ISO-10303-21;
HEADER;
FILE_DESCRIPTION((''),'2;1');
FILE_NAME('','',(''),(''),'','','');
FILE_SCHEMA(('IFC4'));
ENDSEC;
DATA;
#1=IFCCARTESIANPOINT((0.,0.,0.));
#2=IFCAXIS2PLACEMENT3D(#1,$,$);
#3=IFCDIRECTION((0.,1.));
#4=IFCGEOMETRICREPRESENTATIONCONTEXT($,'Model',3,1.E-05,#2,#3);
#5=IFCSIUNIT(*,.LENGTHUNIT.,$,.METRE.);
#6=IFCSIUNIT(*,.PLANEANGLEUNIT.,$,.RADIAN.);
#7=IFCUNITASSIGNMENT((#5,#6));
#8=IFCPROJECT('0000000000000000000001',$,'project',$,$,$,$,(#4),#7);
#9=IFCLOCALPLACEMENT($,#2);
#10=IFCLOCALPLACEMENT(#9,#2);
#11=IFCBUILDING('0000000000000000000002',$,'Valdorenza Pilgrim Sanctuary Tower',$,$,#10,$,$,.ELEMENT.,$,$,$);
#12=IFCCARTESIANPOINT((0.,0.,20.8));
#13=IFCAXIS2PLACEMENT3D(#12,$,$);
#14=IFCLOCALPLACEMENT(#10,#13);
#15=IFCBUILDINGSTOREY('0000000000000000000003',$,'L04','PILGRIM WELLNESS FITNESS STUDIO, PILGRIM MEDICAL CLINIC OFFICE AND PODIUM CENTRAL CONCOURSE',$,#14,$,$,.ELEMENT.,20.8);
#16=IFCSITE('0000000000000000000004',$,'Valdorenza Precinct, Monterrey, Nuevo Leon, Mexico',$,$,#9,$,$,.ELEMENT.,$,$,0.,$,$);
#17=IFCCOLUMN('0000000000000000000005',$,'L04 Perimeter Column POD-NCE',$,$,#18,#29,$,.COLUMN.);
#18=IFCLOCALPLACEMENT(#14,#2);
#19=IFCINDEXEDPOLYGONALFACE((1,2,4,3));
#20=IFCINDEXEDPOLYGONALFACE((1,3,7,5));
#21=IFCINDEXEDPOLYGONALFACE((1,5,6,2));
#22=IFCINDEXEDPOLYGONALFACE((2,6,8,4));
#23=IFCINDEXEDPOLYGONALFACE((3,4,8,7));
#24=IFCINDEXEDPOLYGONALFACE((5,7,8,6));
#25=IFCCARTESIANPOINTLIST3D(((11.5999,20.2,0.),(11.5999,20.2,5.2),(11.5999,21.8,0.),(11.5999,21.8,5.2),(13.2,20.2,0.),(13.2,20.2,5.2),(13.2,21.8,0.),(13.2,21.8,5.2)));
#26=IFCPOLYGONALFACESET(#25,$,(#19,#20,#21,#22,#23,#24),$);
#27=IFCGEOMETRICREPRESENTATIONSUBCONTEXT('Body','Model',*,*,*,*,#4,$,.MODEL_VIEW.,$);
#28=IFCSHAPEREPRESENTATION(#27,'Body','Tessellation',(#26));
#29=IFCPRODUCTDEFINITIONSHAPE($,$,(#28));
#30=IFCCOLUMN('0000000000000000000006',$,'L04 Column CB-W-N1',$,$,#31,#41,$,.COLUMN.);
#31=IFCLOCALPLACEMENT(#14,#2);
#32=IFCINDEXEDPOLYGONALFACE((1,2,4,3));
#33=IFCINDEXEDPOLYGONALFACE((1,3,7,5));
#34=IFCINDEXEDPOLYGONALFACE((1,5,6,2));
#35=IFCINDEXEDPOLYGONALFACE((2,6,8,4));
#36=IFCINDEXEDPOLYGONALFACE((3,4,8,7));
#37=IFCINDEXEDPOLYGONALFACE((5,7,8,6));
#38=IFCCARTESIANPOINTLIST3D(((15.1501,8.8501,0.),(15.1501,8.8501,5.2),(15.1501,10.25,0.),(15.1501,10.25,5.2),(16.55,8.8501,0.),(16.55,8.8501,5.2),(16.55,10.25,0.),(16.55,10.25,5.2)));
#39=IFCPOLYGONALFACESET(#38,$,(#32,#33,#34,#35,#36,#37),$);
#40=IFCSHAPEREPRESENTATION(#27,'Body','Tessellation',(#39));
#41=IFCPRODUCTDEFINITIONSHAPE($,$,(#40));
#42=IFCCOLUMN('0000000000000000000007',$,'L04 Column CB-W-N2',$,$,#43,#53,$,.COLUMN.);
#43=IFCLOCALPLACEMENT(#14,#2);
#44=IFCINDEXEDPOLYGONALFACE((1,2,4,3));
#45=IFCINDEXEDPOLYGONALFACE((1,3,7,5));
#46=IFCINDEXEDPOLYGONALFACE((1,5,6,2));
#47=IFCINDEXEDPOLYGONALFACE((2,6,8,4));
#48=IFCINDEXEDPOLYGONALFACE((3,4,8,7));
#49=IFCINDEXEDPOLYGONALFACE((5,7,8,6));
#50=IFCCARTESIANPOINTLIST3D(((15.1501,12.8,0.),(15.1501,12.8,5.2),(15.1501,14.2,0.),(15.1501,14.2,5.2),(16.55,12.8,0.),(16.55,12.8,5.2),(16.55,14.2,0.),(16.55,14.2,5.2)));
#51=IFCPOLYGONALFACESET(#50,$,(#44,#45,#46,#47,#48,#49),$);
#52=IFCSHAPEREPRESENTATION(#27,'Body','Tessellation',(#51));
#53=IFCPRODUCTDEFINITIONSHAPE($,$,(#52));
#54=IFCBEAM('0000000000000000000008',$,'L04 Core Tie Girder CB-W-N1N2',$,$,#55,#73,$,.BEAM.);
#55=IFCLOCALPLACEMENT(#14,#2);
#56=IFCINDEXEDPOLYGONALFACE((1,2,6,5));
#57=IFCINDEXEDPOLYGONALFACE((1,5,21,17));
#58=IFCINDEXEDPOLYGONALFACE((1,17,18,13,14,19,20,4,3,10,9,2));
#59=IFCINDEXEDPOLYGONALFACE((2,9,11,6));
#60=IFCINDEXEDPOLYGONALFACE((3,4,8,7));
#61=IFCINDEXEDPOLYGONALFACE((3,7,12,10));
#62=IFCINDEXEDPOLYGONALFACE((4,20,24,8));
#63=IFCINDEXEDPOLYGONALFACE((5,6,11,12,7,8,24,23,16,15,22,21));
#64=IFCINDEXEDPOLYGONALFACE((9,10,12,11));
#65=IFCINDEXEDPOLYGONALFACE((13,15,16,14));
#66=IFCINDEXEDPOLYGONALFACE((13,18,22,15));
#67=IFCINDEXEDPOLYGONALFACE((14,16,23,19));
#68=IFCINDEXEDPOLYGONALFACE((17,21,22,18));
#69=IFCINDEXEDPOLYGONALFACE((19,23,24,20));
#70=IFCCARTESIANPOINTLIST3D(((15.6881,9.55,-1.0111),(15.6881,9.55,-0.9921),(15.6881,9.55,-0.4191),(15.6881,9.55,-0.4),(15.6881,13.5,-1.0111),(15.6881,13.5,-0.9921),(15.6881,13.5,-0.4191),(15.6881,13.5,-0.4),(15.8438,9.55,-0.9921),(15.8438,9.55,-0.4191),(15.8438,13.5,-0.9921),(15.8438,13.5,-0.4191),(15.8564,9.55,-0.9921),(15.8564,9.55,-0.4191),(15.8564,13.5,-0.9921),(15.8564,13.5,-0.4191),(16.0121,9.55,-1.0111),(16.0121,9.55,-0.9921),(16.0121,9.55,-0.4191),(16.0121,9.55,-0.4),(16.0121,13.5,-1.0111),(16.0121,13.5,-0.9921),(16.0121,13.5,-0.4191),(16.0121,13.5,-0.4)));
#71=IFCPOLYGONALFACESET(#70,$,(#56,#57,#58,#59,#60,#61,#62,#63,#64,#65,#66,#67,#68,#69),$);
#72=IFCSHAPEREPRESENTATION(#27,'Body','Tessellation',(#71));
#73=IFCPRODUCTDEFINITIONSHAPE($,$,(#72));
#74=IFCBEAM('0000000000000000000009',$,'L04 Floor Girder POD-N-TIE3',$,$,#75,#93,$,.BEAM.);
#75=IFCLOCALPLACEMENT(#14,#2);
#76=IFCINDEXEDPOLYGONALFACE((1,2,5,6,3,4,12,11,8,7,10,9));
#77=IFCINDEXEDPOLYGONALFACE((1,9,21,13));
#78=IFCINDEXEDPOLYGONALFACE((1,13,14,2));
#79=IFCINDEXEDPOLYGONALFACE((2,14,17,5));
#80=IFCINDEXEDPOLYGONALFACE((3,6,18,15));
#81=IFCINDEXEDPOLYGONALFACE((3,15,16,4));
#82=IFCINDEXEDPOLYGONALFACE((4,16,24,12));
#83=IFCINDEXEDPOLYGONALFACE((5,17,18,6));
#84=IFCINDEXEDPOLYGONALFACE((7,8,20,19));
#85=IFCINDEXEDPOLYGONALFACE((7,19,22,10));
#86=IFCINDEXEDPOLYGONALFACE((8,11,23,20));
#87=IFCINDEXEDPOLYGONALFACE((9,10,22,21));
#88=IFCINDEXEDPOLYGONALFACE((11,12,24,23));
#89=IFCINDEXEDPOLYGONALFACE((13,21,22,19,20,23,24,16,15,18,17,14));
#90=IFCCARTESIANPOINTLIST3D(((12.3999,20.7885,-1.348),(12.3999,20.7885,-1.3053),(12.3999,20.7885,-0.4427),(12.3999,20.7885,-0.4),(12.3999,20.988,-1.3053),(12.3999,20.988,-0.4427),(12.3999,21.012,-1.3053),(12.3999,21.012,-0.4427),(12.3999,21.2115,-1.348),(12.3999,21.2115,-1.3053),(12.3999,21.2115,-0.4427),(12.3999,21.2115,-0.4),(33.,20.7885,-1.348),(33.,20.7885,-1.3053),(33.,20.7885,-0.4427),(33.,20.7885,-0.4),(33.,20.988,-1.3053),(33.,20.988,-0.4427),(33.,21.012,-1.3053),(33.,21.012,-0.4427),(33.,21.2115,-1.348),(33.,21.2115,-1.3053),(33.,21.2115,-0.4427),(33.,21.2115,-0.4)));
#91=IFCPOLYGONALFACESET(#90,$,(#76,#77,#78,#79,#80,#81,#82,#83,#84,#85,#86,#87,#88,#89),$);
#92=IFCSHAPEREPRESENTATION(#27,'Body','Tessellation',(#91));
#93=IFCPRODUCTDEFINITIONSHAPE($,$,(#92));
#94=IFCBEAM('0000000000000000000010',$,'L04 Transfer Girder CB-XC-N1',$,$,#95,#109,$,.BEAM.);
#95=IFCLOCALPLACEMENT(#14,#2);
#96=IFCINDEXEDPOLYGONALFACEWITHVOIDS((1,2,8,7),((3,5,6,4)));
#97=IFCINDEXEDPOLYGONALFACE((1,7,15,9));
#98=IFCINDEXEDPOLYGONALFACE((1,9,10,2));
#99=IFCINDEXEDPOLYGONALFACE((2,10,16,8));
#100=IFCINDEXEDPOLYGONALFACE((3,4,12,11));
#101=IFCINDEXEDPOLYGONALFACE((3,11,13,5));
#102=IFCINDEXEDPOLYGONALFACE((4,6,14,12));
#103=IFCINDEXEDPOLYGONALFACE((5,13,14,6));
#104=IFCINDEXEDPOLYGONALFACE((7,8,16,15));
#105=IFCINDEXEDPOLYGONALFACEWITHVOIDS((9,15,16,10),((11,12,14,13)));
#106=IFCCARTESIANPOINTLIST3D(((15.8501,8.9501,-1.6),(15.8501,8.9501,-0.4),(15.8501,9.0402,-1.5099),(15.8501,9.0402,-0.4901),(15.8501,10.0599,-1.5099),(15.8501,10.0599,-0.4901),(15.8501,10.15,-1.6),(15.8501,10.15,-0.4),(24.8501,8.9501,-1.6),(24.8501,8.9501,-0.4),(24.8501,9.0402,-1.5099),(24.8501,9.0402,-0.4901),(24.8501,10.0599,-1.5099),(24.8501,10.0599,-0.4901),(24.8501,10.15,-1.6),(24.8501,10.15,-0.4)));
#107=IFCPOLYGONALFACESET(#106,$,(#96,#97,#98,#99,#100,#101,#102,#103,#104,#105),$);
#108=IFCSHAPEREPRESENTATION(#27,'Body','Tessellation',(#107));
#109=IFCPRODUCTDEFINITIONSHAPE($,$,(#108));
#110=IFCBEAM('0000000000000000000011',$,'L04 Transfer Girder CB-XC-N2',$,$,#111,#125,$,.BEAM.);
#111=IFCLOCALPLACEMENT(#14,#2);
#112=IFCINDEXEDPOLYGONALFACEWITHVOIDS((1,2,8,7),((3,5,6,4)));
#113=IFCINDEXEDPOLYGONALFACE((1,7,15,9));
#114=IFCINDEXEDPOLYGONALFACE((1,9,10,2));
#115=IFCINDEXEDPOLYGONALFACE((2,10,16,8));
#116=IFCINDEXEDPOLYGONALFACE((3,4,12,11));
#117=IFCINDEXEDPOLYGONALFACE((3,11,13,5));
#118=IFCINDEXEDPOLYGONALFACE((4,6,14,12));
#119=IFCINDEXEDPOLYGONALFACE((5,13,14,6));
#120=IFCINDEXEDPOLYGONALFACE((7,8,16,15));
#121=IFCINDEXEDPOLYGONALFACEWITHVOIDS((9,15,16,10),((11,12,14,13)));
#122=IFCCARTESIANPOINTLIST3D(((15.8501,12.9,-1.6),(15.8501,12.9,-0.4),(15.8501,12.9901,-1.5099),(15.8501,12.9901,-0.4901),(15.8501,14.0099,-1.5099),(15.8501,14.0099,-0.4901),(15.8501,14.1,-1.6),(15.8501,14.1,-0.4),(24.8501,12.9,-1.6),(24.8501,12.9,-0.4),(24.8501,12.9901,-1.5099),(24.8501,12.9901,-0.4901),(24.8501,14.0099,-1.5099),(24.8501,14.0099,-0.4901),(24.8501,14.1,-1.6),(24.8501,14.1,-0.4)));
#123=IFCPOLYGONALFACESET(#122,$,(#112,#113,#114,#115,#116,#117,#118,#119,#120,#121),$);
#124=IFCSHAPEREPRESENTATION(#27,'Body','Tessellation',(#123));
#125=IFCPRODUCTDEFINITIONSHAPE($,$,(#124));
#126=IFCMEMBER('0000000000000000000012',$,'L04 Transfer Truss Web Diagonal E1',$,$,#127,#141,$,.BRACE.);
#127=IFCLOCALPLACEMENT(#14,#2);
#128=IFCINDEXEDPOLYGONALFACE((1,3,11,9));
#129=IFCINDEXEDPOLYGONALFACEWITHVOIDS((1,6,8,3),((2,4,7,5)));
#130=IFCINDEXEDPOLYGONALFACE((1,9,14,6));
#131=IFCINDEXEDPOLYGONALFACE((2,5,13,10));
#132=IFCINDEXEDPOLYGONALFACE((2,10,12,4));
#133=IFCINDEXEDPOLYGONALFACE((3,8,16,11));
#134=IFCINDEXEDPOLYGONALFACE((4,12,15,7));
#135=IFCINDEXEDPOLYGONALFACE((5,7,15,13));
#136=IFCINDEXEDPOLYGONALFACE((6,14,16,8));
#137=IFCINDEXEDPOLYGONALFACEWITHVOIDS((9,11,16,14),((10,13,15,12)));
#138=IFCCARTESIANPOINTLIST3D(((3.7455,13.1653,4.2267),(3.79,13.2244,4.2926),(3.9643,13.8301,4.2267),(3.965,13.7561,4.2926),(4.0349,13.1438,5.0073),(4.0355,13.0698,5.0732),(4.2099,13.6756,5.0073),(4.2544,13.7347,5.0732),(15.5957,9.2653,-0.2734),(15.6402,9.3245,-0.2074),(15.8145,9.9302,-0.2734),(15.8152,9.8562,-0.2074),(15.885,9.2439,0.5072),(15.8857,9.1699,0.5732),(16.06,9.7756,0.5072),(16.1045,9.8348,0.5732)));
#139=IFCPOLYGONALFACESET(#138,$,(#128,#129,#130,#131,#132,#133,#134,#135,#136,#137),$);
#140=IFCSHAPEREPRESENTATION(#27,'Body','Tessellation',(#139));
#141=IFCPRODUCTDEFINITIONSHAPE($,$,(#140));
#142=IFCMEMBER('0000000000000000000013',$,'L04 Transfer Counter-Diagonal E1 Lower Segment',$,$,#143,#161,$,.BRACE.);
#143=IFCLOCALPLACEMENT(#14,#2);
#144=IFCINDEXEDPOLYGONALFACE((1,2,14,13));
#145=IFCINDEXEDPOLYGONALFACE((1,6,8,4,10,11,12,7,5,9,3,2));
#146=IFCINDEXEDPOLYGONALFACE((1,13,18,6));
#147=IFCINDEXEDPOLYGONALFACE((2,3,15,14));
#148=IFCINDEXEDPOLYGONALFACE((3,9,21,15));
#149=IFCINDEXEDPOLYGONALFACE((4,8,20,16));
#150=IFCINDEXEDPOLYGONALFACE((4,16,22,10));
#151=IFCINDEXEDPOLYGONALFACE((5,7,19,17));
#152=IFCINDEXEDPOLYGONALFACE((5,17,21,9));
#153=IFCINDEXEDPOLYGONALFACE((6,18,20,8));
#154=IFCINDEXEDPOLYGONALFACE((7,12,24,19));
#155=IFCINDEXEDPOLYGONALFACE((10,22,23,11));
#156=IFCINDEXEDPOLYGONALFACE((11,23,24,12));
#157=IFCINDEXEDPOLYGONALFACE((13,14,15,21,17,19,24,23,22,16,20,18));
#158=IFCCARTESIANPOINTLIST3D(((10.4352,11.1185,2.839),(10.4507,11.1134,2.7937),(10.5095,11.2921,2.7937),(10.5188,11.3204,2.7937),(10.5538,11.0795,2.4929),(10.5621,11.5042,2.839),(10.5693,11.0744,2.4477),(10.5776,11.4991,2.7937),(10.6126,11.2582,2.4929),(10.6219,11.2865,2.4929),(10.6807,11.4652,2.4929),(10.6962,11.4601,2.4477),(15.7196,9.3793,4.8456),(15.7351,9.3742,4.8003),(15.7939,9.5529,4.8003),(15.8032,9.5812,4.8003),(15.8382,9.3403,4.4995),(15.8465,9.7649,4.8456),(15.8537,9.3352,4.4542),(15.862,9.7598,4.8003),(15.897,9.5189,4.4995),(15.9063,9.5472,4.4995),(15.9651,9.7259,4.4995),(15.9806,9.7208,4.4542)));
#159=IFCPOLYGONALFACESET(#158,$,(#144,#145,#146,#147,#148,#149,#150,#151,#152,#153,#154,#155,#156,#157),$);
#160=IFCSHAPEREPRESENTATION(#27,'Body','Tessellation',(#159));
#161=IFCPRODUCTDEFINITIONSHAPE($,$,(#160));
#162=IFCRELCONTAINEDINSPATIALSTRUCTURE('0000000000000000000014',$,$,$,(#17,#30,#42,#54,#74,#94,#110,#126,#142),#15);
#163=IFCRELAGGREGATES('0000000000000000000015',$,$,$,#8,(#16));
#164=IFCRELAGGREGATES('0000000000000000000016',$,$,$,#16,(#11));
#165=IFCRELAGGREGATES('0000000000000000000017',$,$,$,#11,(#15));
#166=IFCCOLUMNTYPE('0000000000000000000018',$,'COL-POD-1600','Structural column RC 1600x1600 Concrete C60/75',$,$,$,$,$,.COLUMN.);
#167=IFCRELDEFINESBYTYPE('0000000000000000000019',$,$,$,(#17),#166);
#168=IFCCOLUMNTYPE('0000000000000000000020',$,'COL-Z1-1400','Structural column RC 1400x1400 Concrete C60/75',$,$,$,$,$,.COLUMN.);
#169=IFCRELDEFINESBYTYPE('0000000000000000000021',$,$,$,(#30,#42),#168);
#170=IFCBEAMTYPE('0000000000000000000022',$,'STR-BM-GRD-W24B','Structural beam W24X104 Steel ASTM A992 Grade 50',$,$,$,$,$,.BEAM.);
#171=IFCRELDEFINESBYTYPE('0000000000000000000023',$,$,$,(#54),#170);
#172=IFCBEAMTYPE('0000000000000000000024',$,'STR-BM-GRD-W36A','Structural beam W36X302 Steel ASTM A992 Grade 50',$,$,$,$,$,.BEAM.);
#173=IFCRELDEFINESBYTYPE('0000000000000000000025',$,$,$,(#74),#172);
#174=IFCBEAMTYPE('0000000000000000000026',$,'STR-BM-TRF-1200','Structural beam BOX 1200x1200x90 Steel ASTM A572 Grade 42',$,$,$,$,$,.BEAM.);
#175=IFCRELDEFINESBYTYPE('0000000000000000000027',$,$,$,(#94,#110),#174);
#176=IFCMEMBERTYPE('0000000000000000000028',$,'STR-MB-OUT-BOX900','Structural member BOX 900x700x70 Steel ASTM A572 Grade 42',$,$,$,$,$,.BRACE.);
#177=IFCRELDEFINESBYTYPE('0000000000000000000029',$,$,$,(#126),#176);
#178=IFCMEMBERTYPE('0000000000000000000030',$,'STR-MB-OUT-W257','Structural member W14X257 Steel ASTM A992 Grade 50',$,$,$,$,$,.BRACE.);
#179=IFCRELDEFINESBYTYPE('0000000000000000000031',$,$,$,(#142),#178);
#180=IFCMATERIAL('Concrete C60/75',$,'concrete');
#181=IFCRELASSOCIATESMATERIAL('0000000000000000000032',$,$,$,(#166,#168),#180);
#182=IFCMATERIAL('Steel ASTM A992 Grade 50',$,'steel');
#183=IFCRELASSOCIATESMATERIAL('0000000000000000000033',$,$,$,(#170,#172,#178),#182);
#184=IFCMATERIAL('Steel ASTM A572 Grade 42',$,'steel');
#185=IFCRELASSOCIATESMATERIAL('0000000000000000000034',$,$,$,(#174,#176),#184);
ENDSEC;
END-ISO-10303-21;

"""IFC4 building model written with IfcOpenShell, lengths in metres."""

from ifc_helpers import new_model, si_unit, direction, frame, origin, origin_2d, place, context, subcontext, project, spatial, rectangle, hollow_rectangle, i_section, extrude, source, transform, mapped, material, material_profile, profile_set, type_object, element, save


model = new_model("IFC4")

# Units and contexts
model_context = context("Model", 3, precision=1e-05, world=origin(), true_north=direction((0.0, 1.0)))
body_context = subcontext(model_context, "Body", "Model", "MODEL_VIEW")
ifc_project = project(units=[si_unit("LENGTHUNIT", "METRE"), si_unit("PLANEANGLEUNIT", "RADIAN")], contexts=[model_context])

# Site, building, storey
site_placement = place(None, origin())
site = spatial("IfcSite", under=ifc_project, at=site_placement, Name="Valdorenza Precinct, Monterrey, Nuevo Leon, Mexico", CompositionType="ELEMENT", RefElevation=0.0)
building_placement = place(site_placement, origin())
building = spatial("IfcBuilding", under=site, at=building_placement, Name="Valdorenza Pilgrim Sanctuary Tower", CompositionType="ELEMENT")
storey_placement = place(building_placement, frame((0.0, 0.0, 20.8)))
storey = spatial("IfcBuildingStorey", under=building, at=storey_placement, Name="L04", Description="PILGRIM WELLNESS FITNESS STUDIO, PILGRIM MEDICAL CLINIC OFFICE AND PODIUM CENTRAL CONCOURSE", CompositionType="ELEMENT", Elevation=20.8)

# Columns
ifc_material_1 = material(Name="Concrete C60/75", Category="concrete")
ifc_material_profile_1 = material_profile(ifc_material_1, rectangle(XDim=1.6001, YDim=1.6001, at=origin_2d()), Name="RC 1600x1600")
ifc_profile_set_1 = profile_set([ifc_material_profile_1], Name="Concrete C60/75")
column_type_1 = type_object("IfcColumnType", Name="COL-POD-1600", Description="Structural column RC 1600x1600 Concrete C60/75", PredefinedType="COLUMN", material=ifc_profile_set_1)
shared_shape_1 = source(origin(), body_context, "Body", "SweptSolid", [
    extrude(rectangle(XDim=1.6001, YDim=1.6001, at=origin_2d()), origin(), (0.0, 0.0, 1.0), 5.2),
])
column_placement = place(storey_placement, frame((12.3999, 21.0, 0.0), z_axis=(0.0, 0.0, 1.0), x_axis=(1.0, 0.0, 0.0)))
element("IfcColumn", 1, at=column_placement, inside=storey, type_object=column_type_1, Name="L04 Perimeter Column POD-NCE", PredefinedType="COLUMN", context=body_context, shape_type="MappedRepresentation", body=[
    mapped(shared_shape_1, transform((0.0, 0.0, 0.0), x_axis=(1.0, 0.0, 0.0), y_axis=(0.0, 1.0, 0.0), z_axis=(0.0, 0.0, 1.0), scale=1.0)),
])
ifc_material_profile_2 = material_profile(ifc_material_1, rectangle(XDim=1.3999, YDim=1.3999, at=origin_2d()), Name="RC 1400x1400")
ifc_profile_set_2 = profile_set([ifc_material_profile_2], Name="Concrete C60/75")
column_type_2 = type_object("IfcColumnType", Name="COL-Z1-1400", Description="Structural column RC 1400x1400 Concrete C60/75", PredefinedType="COLUMN", material=ifc_profile_set_2)
shared_shape_2 = source(origin(), body_context, "Body", "SweptSolid", [
    extrude(rectangle(XDim=1.3999, YDim=1.3999, at=origin_2d()), origin(), (0.0, 0.0, 1.0), 5.2),
])
for number, where, z_axis, x_axis, name in (
    (2, (15.8501, 9.55, 0.0), (0.0, 0.0, 1.0), (1.0, 0.0, 0.0), "L04 Column CB-W-N1"),
    (3, (15.8501, 13.5, 0.0), (0.0, 0.0, 1.0), (1.0, 0.0, 0.0), "L04 Column CB-W-N2"),
):
    element("IfcColumn", number, at=place(storey_placement, frame(where, z_axis=z_axis, x_axis=x_axis)), inside=storey, type_object=column_type_2, Name=name, PredefinedType="COLUMN", context=body_context, shape_type="MappedRepresentation", body=[
        mapped(shared_shape_2, transform((0.0, 0.0, 0.0), x_axis=(1.0, 0.0, 0.0), y_axis=(0.0, 1.0, 0.0), z_axis=(0.0, 0.0, 1.0), scale=1.0)),
    ])

# Beams
ifc_material_2 = material(Name="Steel ASTM A992 Grade 50", Category="steel")
ifc_material_profile_3 = material_profile(ifc_material_2, i_section(OverallWidth=0.324, OverallDepth=0.6111, WebThickness=0.0127, FlangeThickness=0.019, at=origin_2d()), Name="W24X104")
ifc_profile_set_3 = profile_set([ifc_material_profile_3], Name="Steel ASTM A992 Grade 50")
beam_type_1 = type_object("IfcBeamType", Name="STR-BM-GRD-W24B", Description="Structural beam W24X104 Steel ASTM A992 Grade 50", PredefinedType="BEAM", material=ifc_profile_set_3)
shared_shape_3 = source(origin(), body_context, "Body", "SweptSolid", [
    extrude(i_section(OverallWidth=0.324, OverallDepth=0.6111, WebThickness=0.0127, FlangeThickness=0.019, at=origin_2d()), origin(), (0.0, 0.0, 1.0), 3.95),
])
beam_1_placement = place(storey_placement, frame((15.8501, 9.55, -0.7056), z_axis=(0.0, 1.0, 0.0), x_axis=(-1.0, 0.0, 0.0)))
element("IfcBeam", 4, at=beam_1_placement, inside=storey, type_object=beam_type_1, Name="L04 Core Tie Girder CB-W-N1N2", PredefinedType="BEAM", context=body_context, shape_type="MappedRepresentation", body=[
    mapped(shared_shape_3, transform((0.0, 0.0, 0.0), x_axis=(1.0, 0.0, 0.0), y_axis=(0.0, 1.0, 0.0), z_axis=(0.0, 0.0, 1.0), scale=1.0)),
])
ifc_material_profile_4 = material_profile(ifc_material_2, i_section(OverallWidth=0.4231, OverallDepth=0.948, WebThickness=0.0239, FlangeThickness=0.0427, at=origin_2d()), Name="W36X302")
ifc_profile_set_4 = profile_set([ifc_material_profile_4], Name="Steel ASTM A992 Grade 50")
beam_type_2 = type_object("IfcBeamType", Name="STR-BM-GRD-W36A", Description="Structural beam W36X302 Steel ASTM A992 Grade 50", PredefinedType="BEAM", material=ifc_profile_set_4)
shared_shape_4 = source(origin(), body_context, "Body", "SweptSolid", [
    extrude(i_section(OverallWidth=0.4231, OverallDepth=0.948, WebThickness=0.0239, FlangeThickness=0.0427, at=origin_2d()), origin(), (0.0, 0.0, 1.0), 20.6001),
])
beam_2_placement = place(storey_placement, frame((12.3999, 21.0, -0.874), z_axis=(1.0, 0.0, 0.0), x_axis=(0.0, 1.0, 0.0)))
element("IfcBeam", 5, at=beam_2_placement, inside=storey, type_object=beam_type_2, Name="L04 Floor Girder POD-N-TIE3", PredefinedType="BEAM", context=body_context, shape_type="MappedRepresentation", body=[
    mapped(shared_shape_4, transform((0.0, 0.0, 0.0), x_axis=(1.0, 0.0, 0.0), y_axis=(0.0, 1.0, 0.0), z_axis=(0.0, 0.0, 1.0), scale=1.0)),
])
ifc_material_3 = material(Name="Steel ASTM A572 Grade 42", Category="steel")
ifc_material_profile_5 = material_profile(ifc_material_3, hollow_rectangle(XDim=1.2, YDim=1.2, WallThickness=0.0901, at=origin_2d()), Name="BOX 1200x1200x90")
ifc_profile_set_5 = profile_set([ifc_material_profile_5], Name="Steel ASTM A572 Grade 42")
beam_type_3 = type_object("IfcBeamType", Name="STR-BM-TRF-1200", Description="Structural beam BOX 1200x1200x90 Steel ASTM A572 Grade 42", PredefinedType="BEAM", material=ifc_profile_set_5)
shared_shape_5 = source(origin(), body_context, "Body", "SweptSolid", [
    extrude(hollow_rectangle(XDim=1.2, YDim=1.2, WallThickness=0.0901, at=origin_2d()), origin(), (0.0, 0.0, 1.0), 9.0),
])
for number, where, z_axis, x_axis, name in (
    (6, (15.8501, 9.55, -1.0), (1.0, 0.0, 0.0), (0.0, 1.0, 0.0), "L04 Transfer Girder CB-XC-N1"),
    (7, (15.8501, 13.5, -1.0), (1.0, 0.0, 0.0), (0.0, 1.0, 0.0), "L04 Transfer Girder CB-XC-N2"),
):
    element("IfcBeam", number, at=place(storey_placement, frame(where, z_axis=z_axis, x_axis=x_axis)), inside=storey, type_object=beam_type_3, Name=name, PredefinedType="BEAM", context=body_context, shape_type="MappedRepresentation", body=[
        mapped(shared_shape_5, transform((0.0, 0.0, 0.0), x_axis=(1.0, 0.0, 0.0), y_axis=(0.0, 1.0, 0.0), z_axis=(0.0, 0.0, 1.0), scale=1.0)),
    ])

# Members
ifc_material_profile_6 = material_profile(ifc_material_3, hollow_rectangle(XDim=0.7, YDim=0.8999, WallThickness=0.0701, at=origin_2d()), Name="BOX 900x700x70")
ifc_profile_set_6 = profile_set([ifc_material_profile_6], Name="Steel ASTM A572 Grade 42")
member_type_1 = type_object("IfcMemberType", Name="STR-MB-OUT-BOX900", Description="Structural member BOX 900x700x70 Steel ASTM A572 Grade 42", PredefinedType="BRACE", material=ifc_profile_set_6)
shared_shape_6 = source(origin(), body_context, "Body", "SweptSolid", [
    extrude(hollow_rectangle(XDim=0.7, YDim=0.8999, WallThickness=0.0701, at=origin_2d()), origin(), (0.0, 0.0, 1.0), 13.2622),
])
member_1_placement = place(storey_placement, frame((15.8501, 9.55, 0.1499), z_axis=(-0.893529, 0.294063, 0.339312), x_axis=(-0.312609, -0.949882, 0.0)))
element("IfcMember", 8, at=member_1_placement, inside=storey, type_object=member_type_1, Name="L04 Transfer Truss Web Diagonal E1", PredefinedType="BRACE", context=body_context, shape_type="MappedRepresentation", body=[
    mapped(shared_shape_6, transform((0.0, 0.0, 0.0), x_axis=(1.0, 0.0, 0.0), y_axis=(0.0, 1.0, 0.0), z_axis=(0.0, 0.0, 1.0), scale=1.0)),
])
ifc_material_profile_7 = material_profile(ifc_material_2, i_section(OverallWidth=0.406, OverallDepth=0.416, WebThickness=0.0298, FlangeThickness=0.0481, at=origin_2d()), Name="W14X257")
ifc_profile_set_7 = profile_set([ifc_material_profile_7], Name="Steel ASTM A992 Grade 50")
member_type_2 = type_object("IfcMemberType", Name="STR-MB-OUT-W257", Description="Structural member W14X257 Steel ASTM A992 Grade 50", PredefinedType="BRACE", material=ifc_profile_set_7)
shared_shape_7 = source(origin(), body_context, "Body", "SweptSolid", [
    extrude(i_section(OverallWidth=0.406, OverallDepth=0.416, WebThickness=0.0298, FlangeThickness=0.0481, at=origin_2d()), origin(), (0.0, 0.0, 1.0), 5.9141),
])
for number, where, z_axis, x_axis, name in (
    (9, (15.8501, 9.55, 4.6499), (-0.89353, 0.294087, -0.33929), (-0.312631, -0.949875, 0.0), "L04 Transfer Counter-Diagonal E1 Lower Segment"),
):
    element("IfcMember", number, at=place(storey_placement, frame(where, z_axis=z_axis, x_axis=x_axis)), inside=storey, type_object=member_type_2, Name=name, PredefinedType="BRACE", context=body_context, shape_type="MappedRepresentation", body=[
        mapped(shared_shape_7, transform((0.0, 0.0, 0.0), x_axis=(1.0, 0.0, 0.0), y_axis=(0.0, 1.0, 0.0), z_axis=(0.0, 0.0, 1.0), scale=1.0)),
    ])

save(model, "model.ifc")
